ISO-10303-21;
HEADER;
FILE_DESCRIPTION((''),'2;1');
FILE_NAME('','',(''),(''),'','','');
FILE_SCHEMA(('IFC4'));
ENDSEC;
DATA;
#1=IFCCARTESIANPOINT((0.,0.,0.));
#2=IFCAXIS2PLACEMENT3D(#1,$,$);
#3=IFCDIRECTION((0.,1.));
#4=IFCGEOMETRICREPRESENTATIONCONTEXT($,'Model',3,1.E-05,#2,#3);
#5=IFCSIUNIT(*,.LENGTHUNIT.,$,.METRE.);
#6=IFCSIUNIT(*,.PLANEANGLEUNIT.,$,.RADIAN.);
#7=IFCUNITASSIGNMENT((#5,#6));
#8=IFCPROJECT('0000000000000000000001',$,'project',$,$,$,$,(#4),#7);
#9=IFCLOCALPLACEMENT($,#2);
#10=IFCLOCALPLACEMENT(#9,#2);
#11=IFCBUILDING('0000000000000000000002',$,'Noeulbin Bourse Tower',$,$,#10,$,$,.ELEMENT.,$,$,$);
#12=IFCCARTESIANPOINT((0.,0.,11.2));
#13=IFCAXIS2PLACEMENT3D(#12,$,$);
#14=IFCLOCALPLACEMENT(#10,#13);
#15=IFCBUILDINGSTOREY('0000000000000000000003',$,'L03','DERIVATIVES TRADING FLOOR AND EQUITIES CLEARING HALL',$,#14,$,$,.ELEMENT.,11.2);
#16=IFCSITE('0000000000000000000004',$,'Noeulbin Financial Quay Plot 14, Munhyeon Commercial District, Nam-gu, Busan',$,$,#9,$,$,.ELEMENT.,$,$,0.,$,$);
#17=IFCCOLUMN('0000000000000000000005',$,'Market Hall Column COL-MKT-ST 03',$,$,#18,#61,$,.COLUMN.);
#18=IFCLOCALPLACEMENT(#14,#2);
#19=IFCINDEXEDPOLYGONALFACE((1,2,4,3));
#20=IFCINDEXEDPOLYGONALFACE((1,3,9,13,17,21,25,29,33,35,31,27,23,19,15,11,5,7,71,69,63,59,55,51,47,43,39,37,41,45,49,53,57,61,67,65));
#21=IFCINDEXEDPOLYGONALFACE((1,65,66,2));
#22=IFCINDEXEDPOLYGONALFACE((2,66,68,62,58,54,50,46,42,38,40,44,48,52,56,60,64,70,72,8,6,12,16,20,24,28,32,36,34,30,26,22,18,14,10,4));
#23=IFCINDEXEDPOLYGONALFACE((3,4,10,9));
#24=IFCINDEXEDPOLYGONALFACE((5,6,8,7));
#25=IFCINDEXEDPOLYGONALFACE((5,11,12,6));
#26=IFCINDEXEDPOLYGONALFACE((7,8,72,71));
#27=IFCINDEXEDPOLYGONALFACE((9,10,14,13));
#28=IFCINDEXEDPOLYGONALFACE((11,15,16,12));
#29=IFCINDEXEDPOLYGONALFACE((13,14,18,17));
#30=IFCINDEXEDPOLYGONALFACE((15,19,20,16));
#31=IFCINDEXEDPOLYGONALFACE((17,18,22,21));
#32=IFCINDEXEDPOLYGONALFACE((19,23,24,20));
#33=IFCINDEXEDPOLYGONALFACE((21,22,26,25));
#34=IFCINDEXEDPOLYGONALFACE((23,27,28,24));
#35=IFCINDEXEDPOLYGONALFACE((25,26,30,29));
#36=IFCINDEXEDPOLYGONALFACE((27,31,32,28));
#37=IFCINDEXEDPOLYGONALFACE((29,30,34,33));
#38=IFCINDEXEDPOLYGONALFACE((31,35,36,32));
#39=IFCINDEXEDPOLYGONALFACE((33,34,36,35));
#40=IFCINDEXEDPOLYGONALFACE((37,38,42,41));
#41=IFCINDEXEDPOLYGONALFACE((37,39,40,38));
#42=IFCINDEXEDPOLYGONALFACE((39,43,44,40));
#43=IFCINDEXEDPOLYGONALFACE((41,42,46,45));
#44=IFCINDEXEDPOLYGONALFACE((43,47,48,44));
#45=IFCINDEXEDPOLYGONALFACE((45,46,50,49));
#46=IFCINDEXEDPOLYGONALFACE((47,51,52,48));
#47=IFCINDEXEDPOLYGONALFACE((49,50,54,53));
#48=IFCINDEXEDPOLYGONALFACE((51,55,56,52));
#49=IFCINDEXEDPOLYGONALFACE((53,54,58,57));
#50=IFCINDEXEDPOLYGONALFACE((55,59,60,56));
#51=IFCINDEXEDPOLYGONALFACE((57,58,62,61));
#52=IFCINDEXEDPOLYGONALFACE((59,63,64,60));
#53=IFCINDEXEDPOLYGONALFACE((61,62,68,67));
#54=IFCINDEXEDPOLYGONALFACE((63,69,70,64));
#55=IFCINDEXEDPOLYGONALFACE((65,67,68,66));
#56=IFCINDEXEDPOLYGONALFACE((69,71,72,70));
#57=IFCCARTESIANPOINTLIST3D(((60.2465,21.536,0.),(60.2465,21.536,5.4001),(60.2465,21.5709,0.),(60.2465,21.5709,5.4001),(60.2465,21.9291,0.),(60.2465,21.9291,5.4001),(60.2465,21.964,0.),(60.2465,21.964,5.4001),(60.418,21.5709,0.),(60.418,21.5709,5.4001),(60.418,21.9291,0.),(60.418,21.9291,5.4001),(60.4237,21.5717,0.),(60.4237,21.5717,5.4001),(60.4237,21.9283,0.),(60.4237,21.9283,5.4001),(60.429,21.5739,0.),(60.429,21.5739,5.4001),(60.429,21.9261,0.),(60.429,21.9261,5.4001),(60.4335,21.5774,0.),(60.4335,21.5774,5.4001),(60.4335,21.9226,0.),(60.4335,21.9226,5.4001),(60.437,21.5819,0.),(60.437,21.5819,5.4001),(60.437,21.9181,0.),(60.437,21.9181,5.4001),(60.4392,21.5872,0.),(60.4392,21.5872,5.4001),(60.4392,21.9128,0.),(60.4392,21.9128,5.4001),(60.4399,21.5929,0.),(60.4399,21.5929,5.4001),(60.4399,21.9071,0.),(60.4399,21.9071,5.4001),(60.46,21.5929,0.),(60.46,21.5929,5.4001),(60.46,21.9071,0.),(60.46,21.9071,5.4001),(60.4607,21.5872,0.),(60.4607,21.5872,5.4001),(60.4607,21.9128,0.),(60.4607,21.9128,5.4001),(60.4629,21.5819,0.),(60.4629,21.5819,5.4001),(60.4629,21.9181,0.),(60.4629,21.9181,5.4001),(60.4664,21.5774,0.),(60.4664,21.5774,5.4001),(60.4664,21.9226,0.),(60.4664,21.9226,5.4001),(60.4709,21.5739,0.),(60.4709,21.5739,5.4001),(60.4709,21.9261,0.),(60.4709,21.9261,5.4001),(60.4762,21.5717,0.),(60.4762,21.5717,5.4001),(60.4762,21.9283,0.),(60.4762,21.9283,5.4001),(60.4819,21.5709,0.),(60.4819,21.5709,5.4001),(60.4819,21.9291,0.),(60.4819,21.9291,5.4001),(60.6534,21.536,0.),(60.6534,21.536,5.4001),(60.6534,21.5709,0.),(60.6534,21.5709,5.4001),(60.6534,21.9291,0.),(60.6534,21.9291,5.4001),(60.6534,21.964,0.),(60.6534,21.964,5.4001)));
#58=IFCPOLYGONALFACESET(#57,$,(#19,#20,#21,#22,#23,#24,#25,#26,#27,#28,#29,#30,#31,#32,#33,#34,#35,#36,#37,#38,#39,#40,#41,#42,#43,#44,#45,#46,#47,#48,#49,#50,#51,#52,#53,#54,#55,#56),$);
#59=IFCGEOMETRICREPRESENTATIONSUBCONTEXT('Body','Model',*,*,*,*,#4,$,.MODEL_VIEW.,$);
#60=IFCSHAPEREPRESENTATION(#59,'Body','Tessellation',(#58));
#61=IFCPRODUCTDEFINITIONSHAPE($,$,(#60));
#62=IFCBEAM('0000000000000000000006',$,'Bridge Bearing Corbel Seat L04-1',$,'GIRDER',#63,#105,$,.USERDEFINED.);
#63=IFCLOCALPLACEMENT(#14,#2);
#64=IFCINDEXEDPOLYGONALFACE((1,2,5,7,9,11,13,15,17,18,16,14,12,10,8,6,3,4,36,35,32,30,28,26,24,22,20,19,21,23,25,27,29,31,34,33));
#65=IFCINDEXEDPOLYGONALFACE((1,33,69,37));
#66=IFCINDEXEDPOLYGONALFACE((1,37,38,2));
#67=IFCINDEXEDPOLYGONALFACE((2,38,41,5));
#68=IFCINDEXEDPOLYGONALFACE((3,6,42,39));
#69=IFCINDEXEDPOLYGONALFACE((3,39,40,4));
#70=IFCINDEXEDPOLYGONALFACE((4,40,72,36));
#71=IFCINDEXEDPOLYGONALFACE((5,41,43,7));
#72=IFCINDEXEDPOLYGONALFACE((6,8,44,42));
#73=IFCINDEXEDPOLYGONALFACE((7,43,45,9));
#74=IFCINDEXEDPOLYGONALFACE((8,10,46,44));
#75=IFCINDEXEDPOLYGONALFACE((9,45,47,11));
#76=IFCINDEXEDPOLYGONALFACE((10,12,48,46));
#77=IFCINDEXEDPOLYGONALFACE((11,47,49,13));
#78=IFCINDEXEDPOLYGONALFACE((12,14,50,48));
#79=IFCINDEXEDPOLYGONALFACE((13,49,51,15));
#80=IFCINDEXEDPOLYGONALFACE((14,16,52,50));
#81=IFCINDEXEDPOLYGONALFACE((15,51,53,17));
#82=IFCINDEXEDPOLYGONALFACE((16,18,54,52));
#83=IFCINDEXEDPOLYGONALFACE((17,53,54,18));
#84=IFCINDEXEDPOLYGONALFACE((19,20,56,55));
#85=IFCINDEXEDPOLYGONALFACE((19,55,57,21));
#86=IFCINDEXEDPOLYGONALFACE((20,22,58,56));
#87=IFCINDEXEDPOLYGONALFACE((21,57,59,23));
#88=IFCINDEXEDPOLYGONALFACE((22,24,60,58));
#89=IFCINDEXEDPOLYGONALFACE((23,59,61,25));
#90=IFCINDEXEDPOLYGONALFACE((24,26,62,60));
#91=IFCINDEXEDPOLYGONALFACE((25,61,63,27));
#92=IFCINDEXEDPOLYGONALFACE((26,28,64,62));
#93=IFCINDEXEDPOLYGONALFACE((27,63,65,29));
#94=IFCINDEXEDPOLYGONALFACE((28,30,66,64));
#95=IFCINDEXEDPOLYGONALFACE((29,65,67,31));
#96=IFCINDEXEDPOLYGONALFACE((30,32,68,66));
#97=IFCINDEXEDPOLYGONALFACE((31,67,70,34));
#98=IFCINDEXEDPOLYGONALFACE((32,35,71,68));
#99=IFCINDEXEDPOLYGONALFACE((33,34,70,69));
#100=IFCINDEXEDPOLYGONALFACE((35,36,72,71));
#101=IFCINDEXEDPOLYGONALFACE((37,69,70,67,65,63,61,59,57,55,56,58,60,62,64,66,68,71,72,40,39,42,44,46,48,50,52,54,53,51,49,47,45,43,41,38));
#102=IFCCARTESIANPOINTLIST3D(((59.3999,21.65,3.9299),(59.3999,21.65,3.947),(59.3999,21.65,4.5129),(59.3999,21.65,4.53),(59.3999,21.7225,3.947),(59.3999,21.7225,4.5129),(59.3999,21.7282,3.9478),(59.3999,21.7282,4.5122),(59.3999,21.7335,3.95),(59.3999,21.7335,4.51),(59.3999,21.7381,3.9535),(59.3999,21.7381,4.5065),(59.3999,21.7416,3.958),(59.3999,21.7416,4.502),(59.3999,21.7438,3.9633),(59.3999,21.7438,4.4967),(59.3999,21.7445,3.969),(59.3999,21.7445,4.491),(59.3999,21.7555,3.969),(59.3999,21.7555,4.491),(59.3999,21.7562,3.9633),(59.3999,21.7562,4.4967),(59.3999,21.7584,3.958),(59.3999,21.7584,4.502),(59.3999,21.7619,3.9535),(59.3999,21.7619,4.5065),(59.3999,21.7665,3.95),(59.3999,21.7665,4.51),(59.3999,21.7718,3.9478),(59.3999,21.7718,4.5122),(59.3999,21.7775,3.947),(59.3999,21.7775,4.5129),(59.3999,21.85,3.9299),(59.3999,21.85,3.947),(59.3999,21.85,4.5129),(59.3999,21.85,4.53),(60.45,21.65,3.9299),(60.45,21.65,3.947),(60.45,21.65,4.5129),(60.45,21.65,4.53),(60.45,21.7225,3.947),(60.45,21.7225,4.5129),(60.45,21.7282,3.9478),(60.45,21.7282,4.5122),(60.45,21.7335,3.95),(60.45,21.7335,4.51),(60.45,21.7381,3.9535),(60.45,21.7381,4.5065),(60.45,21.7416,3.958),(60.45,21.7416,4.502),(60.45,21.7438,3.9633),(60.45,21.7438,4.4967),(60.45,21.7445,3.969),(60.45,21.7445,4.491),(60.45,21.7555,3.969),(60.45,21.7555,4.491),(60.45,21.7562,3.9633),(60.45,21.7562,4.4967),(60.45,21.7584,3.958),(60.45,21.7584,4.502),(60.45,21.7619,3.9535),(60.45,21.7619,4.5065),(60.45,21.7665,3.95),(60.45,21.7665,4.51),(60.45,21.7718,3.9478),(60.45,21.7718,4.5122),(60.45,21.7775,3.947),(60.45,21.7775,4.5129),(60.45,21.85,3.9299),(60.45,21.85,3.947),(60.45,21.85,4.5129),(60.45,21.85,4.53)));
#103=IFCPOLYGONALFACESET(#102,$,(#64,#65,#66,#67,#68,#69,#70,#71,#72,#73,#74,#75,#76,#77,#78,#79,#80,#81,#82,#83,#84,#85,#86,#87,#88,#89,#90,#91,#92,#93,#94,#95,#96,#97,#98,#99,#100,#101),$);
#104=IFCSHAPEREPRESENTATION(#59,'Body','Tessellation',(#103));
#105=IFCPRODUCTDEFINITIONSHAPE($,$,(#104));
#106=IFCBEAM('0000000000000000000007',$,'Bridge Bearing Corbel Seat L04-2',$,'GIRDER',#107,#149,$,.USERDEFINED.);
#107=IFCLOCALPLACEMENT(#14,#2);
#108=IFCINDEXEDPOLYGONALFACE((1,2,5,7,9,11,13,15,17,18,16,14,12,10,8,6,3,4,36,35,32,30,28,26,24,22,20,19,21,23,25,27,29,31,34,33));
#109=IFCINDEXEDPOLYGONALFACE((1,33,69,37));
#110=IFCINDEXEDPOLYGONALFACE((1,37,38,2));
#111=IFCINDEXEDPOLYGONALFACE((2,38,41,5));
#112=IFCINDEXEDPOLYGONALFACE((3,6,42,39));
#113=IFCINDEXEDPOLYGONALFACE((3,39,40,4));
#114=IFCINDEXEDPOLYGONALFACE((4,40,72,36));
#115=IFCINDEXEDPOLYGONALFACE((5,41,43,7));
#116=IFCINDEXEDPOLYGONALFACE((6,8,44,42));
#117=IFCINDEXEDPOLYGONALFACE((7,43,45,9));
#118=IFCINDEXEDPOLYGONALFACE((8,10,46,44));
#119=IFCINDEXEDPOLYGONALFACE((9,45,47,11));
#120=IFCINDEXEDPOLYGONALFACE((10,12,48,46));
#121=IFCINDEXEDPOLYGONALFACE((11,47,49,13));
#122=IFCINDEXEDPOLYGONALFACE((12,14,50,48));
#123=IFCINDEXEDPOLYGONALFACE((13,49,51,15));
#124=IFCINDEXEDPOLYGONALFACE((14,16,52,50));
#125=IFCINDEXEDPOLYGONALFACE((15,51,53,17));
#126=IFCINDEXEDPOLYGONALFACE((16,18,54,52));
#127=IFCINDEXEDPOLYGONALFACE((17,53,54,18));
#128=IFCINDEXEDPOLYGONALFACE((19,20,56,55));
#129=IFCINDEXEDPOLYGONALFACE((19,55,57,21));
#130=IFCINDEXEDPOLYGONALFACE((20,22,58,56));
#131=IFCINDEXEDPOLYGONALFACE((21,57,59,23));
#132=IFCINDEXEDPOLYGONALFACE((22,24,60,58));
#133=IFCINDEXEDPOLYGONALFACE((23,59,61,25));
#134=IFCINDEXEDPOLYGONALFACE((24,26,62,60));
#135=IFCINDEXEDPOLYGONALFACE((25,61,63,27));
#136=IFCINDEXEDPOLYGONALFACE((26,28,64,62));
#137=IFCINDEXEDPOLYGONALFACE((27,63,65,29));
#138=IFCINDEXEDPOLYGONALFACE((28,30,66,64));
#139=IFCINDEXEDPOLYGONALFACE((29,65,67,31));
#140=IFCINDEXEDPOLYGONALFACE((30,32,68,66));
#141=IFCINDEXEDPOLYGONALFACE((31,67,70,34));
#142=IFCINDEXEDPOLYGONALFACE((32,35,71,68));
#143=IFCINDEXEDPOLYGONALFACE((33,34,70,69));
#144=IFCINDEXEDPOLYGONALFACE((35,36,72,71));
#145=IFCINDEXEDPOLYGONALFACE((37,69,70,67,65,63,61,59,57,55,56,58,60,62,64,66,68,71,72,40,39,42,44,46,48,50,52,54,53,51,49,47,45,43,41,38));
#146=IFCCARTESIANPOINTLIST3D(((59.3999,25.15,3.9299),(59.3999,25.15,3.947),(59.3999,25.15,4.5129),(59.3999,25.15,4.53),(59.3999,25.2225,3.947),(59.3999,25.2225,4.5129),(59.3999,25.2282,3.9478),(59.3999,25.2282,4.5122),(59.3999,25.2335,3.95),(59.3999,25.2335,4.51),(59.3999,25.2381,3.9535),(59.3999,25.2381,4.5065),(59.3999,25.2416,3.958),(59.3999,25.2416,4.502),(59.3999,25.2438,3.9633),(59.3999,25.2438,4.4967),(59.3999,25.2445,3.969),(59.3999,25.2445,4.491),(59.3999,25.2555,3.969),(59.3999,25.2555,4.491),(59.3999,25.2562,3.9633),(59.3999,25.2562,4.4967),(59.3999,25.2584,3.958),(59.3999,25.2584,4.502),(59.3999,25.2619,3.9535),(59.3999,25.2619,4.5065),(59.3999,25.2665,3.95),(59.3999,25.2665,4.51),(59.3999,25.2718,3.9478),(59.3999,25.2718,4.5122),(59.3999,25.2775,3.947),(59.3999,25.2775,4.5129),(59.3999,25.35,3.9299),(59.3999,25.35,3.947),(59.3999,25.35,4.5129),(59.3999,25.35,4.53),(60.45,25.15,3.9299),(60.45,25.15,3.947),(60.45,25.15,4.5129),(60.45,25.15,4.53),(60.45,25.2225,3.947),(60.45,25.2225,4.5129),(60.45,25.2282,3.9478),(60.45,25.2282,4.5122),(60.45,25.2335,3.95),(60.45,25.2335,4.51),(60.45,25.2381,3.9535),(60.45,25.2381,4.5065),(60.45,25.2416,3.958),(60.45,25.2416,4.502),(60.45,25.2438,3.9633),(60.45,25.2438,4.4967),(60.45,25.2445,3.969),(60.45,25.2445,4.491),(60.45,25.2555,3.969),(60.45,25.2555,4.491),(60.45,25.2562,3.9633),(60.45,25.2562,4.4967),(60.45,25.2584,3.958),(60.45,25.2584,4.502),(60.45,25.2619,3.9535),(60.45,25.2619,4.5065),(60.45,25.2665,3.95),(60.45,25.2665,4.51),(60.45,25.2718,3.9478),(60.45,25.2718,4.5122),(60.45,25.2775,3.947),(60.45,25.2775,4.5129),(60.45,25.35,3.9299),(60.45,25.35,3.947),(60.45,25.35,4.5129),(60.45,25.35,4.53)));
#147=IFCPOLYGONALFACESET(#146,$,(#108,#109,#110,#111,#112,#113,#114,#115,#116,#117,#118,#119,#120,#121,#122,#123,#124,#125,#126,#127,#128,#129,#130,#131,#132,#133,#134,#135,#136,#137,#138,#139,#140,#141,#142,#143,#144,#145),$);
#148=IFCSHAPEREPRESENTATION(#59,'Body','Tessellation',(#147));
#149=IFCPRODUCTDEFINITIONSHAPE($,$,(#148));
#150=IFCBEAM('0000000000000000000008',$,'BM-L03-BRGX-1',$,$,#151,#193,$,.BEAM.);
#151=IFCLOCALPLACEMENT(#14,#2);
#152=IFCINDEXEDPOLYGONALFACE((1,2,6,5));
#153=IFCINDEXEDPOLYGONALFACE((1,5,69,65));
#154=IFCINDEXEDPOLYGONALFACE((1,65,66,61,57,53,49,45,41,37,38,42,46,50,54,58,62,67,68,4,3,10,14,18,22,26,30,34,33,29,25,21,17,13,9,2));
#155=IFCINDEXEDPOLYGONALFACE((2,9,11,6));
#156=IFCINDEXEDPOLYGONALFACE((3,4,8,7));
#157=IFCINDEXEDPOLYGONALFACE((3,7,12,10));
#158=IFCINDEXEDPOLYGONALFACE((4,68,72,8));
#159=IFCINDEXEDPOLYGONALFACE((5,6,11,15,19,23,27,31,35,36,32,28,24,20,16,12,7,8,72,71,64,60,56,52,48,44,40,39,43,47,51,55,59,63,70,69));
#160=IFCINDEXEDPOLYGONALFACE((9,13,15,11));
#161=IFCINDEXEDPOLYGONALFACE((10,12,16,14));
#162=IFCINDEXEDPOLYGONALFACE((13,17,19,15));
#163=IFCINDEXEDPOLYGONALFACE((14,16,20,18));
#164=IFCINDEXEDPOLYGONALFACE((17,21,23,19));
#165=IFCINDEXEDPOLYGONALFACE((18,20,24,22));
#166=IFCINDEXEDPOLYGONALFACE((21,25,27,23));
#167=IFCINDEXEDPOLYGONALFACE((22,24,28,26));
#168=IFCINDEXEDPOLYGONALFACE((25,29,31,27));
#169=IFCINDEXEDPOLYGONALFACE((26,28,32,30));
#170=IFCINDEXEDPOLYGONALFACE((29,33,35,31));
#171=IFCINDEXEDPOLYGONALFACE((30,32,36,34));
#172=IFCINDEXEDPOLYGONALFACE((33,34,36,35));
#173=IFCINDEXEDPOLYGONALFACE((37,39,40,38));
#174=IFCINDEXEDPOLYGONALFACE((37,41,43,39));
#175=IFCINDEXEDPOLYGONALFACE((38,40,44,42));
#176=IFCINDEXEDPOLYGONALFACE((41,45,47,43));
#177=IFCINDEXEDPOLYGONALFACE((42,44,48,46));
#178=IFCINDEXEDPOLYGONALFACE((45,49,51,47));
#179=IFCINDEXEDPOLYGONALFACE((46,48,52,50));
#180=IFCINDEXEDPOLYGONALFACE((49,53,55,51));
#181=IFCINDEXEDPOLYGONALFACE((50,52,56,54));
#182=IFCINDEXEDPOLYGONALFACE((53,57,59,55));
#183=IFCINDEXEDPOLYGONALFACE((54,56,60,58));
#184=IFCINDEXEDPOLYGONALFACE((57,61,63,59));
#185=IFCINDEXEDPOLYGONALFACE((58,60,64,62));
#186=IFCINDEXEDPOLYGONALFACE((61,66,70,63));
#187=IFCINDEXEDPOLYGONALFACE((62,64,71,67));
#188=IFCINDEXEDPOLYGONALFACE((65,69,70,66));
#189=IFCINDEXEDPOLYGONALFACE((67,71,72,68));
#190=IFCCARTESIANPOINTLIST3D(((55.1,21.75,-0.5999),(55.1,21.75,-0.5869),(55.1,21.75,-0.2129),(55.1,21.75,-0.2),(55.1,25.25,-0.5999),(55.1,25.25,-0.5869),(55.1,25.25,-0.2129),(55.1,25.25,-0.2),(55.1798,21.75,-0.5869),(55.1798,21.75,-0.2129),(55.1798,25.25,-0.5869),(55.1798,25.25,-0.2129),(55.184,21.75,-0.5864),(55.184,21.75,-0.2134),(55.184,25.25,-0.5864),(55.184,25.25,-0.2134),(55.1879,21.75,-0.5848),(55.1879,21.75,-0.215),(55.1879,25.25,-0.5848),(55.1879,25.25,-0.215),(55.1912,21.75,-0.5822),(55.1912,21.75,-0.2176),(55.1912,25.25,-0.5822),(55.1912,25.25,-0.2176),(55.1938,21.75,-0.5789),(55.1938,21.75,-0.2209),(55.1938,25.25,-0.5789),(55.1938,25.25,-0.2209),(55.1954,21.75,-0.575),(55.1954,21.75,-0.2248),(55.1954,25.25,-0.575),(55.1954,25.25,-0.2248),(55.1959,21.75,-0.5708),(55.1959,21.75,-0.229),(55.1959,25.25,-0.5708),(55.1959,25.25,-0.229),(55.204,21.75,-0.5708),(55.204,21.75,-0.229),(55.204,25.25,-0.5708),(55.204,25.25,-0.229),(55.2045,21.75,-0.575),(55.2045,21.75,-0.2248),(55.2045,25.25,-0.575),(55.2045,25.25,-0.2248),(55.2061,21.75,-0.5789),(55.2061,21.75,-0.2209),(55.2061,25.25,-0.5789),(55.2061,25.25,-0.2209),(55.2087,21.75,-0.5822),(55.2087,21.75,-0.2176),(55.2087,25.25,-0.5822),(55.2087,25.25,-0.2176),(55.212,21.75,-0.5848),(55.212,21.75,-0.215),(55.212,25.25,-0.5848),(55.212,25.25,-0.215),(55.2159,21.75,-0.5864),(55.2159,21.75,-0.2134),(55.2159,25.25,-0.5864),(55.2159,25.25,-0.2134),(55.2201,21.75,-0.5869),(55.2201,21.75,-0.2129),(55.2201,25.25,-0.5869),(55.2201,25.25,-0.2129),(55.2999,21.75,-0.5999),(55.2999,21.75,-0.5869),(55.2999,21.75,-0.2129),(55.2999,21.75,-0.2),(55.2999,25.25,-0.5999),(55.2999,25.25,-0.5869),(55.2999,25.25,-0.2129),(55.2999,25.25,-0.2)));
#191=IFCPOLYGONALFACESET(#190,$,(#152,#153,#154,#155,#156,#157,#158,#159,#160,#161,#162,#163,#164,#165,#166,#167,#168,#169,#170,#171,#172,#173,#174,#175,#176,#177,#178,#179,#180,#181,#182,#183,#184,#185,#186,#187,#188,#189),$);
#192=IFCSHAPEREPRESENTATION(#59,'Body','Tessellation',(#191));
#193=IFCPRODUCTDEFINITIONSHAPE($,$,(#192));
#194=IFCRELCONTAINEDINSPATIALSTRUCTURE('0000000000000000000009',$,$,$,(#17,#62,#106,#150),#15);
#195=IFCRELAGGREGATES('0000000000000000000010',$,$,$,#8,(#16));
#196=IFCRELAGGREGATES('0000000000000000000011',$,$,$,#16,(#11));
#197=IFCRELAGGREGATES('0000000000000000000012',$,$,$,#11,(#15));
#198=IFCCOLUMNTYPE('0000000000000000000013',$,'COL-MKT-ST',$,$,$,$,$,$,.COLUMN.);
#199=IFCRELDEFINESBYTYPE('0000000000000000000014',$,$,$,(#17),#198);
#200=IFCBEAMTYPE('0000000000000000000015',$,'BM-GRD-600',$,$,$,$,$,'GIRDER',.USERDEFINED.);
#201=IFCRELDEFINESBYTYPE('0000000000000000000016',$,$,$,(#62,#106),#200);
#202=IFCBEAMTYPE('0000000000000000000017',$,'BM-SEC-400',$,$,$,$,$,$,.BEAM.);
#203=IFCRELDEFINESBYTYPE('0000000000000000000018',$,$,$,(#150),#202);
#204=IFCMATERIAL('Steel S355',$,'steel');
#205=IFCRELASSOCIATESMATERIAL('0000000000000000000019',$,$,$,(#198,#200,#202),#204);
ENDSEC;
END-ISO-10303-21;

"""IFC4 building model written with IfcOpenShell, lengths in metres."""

from ifc_helpers import new_model, si_unit, direction, frame, origin, origin_2d, place, context, subcontext, project, spatial, i_section, extrude, material, material_profile, profile_set, type_object, element, save


model = new_model("IFC4")

# Units and contexts
model_context = context("Model", 3, precision=1e-05, world=origin(), true_north=direction((0.0, 1.0)))
body_context = subcontext(model_context, "Body", "Model", "MODEL_VIEW")
ifc_project = project(units=[si_unit("LENGTHUNIT", "METRE"), si_unit("PLANEANGLEUNIT", "RADIAN")], contexts=[model_context])

# Site, building, storey
site_placement = place(None, origin())
site = spatial("IfcSite", under=ifc_project, at=site_placement, Name="Noeulbin Financial Quay Plot 14, Munhyeon Commercial District, Nam-gu, Busan", CompositionType="ELEMENT", RefElevation=0.0)
building_placement = place(site_placement, origin())
building = spatial("IfcBuilding", under=site, at=building_placement, Name="Noeulbin Bourse Tower", CompositionType="ELEMENT")
storey_placement = place(building_placement, frame((0.0, 0.0, 11.2)))
storey = spatial("IfcBuildingStorey", under=building, at=storey_placement, Name="L03", Description="DERIVATIVES TRADING FLOOR AND EQUITIES CLEARING HALL", CompositionType="ELEMENT", Elevation=11.2)

# Column
ifc_material_1 = material(Name="Steel S355", Category="steel")
ifc_material_profile_1 = material_profile(ifc_material_1, i_section(OverallWidth=0.407, OverallDepth=0.428, WebThickness=0.02, FlangeThickness=0.0349, FilletRadius=0.022, at=origin_2d()), Name="H-428x407x20x35", Category="LoadBearing")
ifc_profile_set_1 = profile_set([ifc_material_profile_1], Name="Steel S355")
column_type = type_object("IfcColumnType", Name="COL-MKT-ST", PredefinedType="COLUMN", material=ifc_profile_set_1)
column_placement = place(storey_placement, frame((60.45, 21.75, 0.0), z_axis=(0.0, 0.0, 1.0), x_axis=(1.0, 0.0, 0.0)))
element("IfcColumn", 1, at=column_placement, inside=storey, type_object=column_type, Name="Market Hall Column COL-MKT-ST 03", PredefinedType="COLUMN", context=body_context, shape_type="SweptSolid", body=[
    extrude(i_section(OverallWidth=0.407, OverallDepth=0.428, WebThickness=0.02, FlangeThickness=0.0349, FilletRadius=0.022, at=origin_2d()), origin(), (0.0, 0.0, 1.0), 5.4001),
])

# Beams
ifc_material_profile_2 = material_profile(ifc_material_1, i_section(OverallWidth=0.2, OverallDepth=0.6001, WebThickness=0.011, FlangeThickness=0.0171, FilletRadius=0.022, at=origin_2d()), Name="H-600x200x11x17", Category="LoadBearing")
ifc_profile_set_2 = profile_set([ifc_material_profile_2], Name="Steel S355")
beam_type_1 = type_object("IfcBeamType", Name="BM-GRD-600", ElementType="GIRDER", PredefinedType="USERDEFINED", material=ifc_profile_set_2)
for number, where, z_axis, x_axis, name in (
    (2, (59.3999, 21.75, 4.23), (1.0, 0.0, 0.0), (0.0, 1.0, 0.0), "Bridge Bearing Corbel Seat L04-1"),
    (3, (59.3999, 25.25, 4.23), (1.0, 0.0, 0.0), (0.0, 1.0, 0.0), "Bridge Bearing Corbel Seat L04-2"),
):
    element("IfcBeam", number, at=place(storey_placement, frame(where, z_axis=z_axis, x_axis=x_axis)), inside=storey, type_object=beam_type_1, Name=name, ObjectType="GIRDER", PredefinedType="USERDEFINED", context=body_context, shape_type="SweptSolid", body=[
        extrude(i_section(OverallWidth=0.2, OverallDepth=0.6001, WebThickness=0.011, FlangeThickness=0.0171, FilletRadius=0.022, at=origin_2d()), origin(), (0.0, 0.0, 1.0), 1.05),
    ])
ifc_material_profile_3 = material_profile(ifc_material_1, i_section(OverallWidth=0.2, OverallDepth=0.3999, WebThickness=0.0081, FlangeThickness=0.0129, FilletRadius=0.0161, at=origin_2d()), Name="H-400x200x8x13", Category="LoadBearing")
ifc_profile_set_3 = profile_set([ifc_material_profile_3], Name="Steel S355")
beam_type_2 = type_object("IfcBeamType", Name="BM-SEC-400", PredefinedType="BEAM", material=ifc_profile_set_3)
for number, where, z_axis, x_axis, name in (
    (4, (55.2, 21.75, -0.3999), (0.0, 1.0, 0.0), (-1.0, 0.0, 0.0), "BM-L03-BRGX-1"),
):
    element("IfcBeam", number, at=place(storey_placement, frame(where, z_axis=z_axis, x_axis=x_axis)), inside=storey, type_object=beam_type_2, Name=name, PredefinedType="BEAM", context=body_context, shape_type="SweptSolid", body=[
        extrude(i_section(OverallWidth=0.2, OverallDepth=0.3999, WebThickness=0.0081, FlangeThickness=0.0129, FilletRadius=0.0161, at=origin_2d()), origin(), (0.0, 0.0, 1.0), 3.5),
    ])

save(model, "model.ifc")
